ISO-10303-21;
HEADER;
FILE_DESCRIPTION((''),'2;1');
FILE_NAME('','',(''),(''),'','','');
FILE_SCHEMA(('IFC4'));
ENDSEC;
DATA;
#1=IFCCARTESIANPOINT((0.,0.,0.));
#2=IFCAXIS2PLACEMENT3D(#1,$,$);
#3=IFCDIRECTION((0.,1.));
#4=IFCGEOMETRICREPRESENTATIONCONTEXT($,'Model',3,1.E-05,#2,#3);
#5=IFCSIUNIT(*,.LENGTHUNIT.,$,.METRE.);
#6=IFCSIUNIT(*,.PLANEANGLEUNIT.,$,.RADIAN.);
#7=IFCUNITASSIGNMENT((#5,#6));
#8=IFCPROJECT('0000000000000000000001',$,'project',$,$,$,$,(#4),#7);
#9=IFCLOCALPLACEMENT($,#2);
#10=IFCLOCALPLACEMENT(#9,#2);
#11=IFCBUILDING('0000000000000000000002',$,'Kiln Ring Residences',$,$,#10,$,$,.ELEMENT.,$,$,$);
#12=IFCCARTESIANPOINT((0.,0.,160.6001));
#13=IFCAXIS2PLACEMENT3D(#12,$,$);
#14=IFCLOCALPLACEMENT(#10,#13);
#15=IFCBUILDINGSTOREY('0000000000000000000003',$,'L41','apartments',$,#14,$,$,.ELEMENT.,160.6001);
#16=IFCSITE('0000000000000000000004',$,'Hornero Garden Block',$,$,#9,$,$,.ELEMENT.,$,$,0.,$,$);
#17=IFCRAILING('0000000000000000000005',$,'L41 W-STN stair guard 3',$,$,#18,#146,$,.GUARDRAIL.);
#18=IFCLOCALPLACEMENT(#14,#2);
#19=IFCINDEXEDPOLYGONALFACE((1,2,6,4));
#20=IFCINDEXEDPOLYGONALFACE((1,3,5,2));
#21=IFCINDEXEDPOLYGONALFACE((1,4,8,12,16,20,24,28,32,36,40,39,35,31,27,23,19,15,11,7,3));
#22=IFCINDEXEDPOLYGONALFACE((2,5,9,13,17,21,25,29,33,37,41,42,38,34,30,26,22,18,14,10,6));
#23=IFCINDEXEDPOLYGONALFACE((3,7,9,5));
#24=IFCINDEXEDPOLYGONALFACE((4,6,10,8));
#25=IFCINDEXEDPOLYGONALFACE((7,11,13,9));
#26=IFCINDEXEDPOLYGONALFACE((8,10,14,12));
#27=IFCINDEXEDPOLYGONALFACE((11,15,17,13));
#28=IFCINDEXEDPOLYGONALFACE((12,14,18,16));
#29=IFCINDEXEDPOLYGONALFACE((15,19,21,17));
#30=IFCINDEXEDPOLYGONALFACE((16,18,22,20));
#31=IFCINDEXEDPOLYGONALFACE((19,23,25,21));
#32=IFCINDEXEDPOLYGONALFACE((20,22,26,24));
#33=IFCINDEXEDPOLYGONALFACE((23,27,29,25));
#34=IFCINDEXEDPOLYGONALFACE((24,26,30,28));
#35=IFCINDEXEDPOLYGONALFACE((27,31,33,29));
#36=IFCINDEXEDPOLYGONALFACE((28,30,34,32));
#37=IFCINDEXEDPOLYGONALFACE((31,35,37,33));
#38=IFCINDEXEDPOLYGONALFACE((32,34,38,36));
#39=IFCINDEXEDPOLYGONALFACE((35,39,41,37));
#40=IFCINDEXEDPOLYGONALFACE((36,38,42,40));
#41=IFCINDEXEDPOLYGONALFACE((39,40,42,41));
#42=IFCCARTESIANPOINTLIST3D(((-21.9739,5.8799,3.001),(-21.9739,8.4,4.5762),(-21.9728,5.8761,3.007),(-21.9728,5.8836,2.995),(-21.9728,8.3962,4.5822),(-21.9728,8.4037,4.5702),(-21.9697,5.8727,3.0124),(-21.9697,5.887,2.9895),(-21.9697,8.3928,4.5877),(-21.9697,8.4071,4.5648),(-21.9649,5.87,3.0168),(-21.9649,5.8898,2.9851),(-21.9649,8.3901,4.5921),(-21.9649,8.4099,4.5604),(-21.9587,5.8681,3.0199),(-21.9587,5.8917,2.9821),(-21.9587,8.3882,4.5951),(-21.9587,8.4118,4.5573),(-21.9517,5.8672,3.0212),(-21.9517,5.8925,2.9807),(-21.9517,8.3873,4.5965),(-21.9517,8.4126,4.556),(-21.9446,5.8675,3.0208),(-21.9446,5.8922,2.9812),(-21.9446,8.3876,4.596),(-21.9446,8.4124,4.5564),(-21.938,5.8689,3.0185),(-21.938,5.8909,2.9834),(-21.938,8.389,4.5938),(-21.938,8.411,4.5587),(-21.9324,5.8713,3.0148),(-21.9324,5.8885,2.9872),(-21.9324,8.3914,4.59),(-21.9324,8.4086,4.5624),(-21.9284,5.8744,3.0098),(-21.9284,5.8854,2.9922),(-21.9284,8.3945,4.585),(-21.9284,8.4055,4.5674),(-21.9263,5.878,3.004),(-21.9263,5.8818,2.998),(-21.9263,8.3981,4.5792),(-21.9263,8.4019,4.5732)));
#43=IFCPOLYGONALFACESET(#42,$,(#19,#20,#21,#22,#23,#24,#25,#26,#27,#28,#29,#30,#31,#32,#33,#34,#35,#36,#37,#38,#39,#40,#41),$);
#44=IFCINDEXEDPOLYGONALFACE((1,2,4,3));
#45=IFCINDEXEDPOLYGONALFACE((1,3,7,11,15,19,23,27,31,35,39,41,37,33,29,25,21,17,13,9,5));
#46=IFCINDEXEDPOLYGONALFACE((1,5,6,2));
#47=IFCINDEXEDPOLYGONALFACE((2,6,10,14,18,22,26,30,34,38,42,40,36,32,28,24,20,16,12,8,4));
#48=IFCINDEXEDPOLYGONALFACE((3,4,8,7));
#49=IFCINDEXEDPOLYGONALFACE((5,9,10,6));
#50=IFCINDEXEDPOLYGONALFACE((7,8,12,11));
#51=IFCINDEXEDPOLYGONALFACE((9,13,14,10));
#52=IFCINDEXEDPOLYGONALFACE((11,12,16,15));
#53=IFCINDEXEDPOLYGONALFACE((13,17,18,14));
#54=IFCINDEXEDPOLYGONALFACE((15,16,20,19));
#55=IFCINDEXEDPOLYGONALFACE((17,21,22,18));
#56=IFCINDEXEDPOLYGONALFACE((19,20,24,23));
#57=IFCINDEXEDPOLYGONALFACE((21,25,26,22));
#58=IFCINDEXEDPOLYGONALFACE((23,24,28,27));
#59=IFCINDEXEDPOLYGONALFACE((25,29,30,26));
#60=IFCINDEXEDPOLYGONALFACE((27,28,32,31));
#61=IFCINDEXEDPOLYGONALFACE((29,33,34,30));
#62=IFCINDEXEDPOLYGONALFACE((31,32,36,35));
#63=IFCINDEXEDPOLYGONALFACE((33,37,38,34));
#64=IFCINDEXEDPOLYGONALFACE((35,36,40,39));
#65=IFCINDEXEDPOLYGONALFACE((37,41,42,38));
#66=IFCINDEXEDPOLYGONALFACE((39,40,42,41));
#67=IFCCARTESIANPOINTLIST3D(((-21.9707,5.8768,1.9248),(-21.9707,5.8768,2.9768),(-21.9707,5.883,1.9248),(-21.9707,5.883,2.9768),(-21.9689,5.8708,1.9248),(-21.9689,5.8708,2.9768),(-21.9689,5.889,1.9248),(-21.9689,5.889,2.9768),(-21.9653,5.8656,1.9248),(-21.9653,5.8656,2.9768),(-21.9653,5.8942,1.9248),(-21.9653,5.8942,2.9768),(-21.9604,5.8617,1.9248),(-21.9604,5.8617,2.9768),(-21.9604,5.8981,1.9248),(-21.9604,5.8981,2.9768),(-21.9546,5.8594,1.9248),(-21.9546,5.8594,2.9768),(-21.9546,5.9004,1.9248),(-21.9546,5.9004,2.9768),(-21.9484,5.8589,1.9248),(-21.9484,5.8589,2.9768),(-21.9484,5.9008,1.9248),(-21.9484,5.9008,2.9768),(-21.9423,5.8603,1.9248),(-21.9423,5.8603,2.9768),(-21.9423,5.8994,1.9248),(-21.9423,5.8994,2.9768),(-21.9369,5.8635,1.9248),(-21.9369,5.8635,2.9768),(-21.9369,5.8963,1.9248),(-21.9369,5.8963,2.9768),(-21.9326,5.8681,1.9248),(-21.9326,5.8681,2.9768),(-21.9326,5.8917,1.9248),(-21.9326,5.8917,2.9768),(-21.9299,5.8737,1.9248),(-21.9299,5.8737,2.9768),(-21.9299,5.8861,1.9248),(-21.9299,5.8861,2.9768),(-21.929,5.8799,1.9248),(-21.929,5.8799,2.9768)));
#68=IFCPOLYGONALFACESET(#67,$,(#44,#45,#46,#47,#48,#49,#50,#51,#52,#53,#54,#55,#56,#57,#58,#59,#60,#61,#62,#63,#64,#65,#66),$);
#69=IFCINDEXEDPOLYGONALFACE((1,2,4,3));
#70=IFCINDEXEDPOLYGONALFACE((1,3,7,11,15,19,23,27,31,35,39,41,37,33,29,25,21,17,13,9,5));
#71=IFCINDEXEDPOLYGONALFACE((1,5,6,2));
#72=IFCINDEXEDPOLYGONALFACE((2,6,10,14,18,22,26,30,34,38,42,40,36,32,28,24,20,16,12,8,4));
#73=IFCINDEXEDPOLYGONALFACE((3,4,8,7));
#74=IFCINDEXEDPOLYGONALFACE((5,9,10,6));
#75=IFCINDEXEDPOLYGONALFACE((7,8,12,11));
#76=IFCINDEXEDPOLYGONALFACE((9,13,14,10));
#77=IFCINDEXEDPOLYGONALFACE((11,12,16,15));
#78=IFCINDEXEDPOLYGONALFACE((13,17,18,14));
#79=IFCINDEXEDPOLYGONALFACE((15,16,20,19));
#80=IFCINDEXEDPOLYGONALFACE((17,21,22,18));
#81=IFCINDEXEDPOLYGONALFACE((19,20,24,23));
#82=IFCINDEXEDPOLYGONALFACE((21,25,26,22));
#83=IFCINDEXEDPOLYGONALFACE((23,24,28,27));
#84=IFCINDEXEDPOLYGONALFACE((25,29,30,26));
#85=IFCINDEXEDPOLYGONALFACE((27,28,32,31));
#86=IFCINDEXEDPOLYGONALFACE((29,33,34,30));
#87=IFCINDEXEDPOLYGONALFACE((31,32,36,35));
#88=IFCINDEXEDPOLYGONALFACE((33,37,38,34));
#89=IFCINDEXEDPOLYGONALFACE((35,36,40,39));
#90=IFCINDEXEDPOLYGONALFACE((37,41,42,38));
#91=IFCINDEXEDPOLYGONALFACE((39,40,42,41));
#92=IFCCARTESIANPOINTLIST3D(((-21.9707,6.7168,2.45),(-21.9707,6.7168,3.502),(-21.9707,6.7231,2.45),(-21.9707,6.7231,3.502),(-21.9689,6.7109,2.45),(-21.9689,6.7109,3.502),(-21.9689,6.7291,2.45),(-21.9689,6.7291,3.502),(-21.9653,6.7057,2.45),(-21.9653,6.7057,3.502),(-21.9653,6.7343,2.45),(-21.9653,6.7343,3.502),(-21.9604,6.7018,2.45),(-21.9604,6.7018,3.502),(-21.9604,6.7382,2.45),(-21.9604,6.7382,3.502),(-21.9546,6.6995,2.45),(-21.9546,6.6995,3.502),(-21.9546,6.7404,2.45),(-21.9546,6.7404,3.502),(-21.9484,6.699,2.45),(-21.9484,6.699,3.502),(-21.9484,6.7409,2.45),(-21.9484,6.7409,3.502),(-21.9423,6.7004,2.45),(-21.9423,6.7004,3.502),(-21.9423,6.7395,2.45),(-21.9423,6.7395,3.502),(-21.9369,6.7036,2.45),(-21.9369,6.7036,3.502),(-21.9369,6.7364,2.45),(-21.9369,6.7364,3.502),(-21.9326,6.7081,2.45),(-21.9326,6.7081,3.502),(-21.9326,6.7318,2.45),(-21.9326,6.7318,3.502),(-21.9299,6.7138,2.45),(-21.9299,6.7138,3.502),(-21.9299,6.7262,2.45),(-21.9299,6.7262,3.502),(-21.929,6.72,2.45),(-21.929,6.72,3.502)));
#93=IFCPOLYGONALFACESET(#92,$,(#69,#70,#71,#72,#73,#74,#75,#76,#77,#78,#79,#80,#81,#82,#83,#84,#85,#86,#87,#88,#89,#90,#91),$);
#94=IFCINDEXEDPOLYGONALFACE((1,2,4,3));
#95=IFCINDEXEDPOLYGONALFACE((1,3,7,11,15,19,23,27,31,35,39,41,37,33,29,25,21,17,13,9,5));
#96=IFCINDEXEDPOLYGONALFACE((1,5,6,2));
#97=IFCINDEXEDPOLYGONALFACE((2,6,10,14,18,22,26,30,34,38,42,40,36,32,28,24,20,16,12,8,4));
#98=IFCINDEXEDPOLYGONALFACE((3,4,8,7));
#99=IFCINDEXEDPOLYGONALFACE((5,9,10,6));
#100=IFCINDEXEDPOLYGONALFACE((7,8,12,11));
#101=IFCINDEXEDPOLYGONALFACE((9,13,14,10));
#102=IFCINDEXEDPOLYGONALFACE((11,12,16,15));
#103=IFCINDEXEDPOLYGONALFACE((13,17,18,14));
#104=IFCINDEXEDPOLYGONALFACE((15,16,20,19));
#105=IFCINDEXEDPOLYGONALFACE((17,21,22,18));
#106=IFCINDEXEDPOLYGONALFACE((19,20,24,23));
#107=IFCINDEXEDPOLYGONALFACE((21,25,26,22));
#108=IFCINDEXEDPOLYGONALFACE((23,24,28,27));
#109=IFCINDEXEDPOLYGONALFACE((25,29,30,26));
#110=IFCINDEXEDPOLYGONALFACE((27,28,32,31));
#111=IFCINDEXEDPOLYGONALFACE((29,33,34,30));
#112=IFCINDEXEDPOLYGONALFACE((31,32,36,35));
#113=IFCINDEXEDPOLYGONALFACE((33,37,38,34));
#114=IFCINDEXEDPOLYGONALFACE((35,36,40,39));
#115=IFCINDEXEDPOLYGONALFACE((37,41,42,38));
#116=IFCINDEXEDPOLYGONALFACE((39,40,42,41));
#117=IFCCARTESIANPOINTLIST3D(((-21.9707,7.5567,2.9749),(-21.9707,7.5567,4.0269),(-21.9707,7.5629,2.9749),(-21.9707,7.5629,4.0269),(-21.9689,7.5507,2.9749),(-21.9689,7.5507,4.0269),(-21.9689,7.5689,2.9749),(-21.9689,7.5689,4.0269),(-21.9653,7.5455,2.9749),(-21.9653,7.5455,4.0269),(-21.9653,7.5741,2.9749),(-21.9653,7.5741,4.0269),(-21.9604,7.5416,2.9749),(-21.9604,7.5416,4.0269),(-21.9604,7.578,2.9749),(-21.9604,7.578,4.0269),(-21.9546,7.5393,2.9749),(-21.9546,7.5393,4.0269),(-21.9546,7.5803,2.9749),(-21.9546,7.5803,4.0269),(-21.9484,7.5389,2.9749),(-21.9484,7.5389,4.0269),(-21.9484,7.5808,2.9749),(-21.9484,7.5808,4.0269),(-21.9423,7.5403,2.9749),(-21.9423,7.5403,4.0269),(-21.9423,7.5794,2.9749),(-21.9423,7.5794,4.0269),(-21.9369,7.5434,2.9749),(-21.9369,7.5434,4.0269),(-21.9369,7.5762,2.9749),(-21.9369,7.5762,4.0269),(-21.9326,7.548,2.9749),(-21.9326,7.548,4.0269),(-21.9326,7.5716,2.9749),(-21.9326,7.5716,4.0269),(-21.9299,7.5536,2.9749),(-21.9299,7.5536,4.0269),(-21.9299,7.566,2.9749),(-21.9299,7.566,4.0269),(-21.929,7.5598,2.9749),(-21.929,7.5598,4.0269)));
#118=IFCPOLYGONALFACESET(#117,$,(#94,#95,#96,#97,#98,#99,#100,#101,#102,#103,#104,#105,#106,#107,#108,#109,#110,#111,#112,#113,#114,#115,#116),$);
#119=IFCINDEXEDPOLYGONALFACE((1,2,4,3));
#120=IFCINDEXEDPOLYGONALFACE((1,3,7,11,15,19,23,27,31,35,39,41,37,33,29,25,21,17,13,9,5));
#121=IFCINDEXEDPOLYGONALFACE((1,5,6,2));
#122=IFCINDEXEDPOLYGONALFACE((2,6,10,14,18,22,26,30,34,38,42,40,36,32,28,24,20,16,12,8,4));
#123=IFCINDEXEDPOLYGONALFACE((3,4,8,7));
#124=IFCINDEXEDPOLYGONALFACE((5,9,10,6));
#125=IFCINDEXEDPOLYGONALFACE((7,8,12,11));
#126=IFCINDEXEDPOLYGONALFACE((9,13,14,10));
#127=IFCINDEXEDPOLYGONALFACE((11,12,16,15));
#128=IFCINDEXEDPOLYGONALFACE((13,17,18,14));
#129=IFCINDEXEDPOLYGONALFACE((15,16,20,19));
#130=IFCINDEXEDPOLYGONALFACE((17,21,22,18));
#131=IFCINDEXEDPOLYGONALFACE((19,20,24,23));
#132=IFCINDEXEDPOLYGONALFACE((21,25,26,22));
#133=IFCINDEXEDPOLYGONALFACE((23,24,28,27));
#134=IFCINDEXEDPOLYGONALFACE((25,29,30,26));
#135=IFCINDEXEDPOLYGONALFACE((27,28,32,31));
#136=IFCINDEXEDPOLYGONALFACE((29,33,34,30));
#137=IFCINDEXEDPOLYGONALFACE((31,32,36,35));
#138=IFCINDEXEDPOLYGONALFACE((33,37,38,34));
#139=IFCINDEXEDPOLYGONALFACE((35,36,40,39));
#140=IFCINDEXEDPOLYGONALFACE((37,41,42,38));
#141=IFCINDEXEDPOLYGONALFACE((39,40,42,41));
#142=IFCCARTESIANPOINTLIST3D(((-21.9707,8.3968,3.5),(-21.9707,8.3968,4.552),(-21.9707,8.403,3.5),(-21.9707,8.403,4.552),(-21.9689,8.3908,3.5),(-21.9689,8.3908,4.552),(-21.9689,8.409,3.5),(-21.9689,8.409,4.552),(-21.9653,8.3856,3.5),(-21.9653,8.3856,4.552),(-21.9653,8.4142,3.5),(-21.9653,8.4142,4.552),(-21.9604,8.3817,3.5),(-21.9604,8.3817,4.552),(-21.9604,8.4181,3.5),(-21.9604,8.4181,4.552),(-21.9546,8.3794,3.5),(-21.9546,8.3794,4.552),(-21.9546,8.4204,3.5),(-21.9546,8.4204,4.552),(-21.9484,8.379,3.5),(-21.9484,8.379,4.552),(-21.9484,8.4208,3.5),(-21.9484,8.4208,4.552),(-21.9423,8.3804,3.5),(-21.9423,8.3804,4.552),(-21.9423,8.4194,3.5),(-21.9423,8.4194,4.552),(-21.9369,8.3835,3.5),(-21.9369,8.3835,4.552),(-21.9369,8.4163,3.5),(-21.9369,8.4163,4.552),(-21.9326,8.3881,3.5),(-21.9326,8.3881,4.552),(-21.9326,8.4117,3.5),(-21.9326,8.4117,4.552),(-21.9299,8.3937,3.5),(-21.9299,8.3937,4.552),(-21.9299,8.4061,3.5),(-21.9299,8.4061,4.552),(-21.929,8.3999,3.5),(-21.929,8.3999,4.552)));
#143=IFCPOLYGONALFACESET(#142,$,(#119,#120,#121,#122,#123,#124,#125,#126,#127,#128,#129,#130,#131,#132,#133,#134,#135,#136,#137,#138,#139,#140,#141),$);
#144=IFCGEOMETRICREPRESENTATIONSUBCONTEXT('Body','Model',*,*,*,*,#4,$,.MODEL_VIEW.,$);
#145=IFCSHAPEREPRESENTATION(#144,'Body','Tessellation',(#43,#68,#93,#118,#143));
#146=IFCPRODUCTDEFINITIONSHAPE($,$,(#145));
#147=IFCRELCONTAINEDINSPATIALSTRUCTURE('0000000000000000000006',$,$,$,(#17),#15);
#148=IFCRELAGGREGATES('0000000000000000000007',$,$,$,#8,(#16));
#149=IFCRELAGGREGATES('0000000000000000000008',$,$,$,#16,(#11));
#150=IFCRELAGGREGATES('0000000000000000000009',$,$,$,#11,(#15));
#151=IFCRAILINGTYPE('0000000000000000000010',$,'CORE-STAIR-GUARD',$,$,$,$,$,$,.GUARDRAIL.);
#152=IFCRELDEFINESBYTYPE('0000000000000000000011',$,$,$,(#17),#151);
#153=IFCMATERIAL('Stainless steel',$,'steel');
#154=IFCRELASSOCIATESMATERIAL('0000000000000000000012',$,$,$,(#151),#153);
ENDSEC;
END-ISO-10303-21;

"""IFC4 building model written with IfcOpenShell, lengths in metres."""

from ifc_helpers import new_model, si_unit, direction, frame, origin, origin_2d, place, context, subcontext, project, spatial, circle, extrude, material, type_object, element, save


model = new_model("IFC4")

# Units and contexts
model_context = context("Model", 3, precision=1e-05, world=origin(), true_north=direction((0.0, 1.0)))
body_context = subcontext(model_context, "Body", "Model", "MODEL_VIEW")
ifc_project = project(units=[si_unit("LENGTHUNIT", "METRE"), si_unit("PLANEANGLEUNIT", "RADIAN")], contexts=[model_context])

# Site, building, storey
site_placement = place(None, origin())
site = spatial("IfcSite", under=ifc_project, at=site_placement, Name="Hornero Garden Block", CompositionType="ELEMENT", RefElevation=0.0)
building_placement = place(site_placement, origin())
building = spatial("IfcBuilding", under=site, at=building_placement, Name="Kiln Ring Residences", CompositionType="ELEMENT")
storey_placement = place(building_placement, frame((0.0, 0.0, 160.6001)))
storey = spatial("IfcBuildingStorey", under=building, at=storey_placement, Name="L41", Description="apartments", CompositionType="ELEMENT", Elevation=160.6001)

# Railing
ifc_material_1 = material(Name="Stainless steel", Category="steel")
railing_type_1 = type_object("IfcRailingType", Name="CORE-STAIR-GUARD", PredefinedType="GUARDRAIL", material=ifc_material_1)
railing_1_placement = place(storey_placement, frame((-21.95, 5.8799, 1.9248)))
element("IfcRailing", 1, at=railing_1_placement, inside=storey, type_object=railing_type_1, Name="L41 W-STN stair guard 3", PredefinedType="GUARDRAIL", context=body_context, shape_type="SweptSolid", body=[
    extrude(circle(Radius=0.0239, at=origin_2d()), frame((0.0, 0.0, 1.0762), z_axis=(0.0, 0.847971, 0.530043), x_axis=(-1.0, 0.0, 0.0)), (0.0, 0.0, 1.0), 2.9719),
    extrude(circle(Radius=0.021, at=origin_2d()), origin(), (0.0, 0.0, 1.0), 1.052),
    extrude(circle(Radius=0.021, at=origin_2d()), frame((0.0, 0.8401, 0.5251)), (0.0, 0.0, 1.0), 1.052),
    extrude(circle(Radius=0.021, at=origin_2d()), frame((0.0, 1.6799, 1.05)), (0.0, 0.0, 1.0), 1.052),
    extrude(circle(Radius=0.021, at=origin_2d()), frame((0.0, 2.52, 1.5752)), (0.0, 0.0, 1.0), 1.052),
])

save(model, "model.ifc")
